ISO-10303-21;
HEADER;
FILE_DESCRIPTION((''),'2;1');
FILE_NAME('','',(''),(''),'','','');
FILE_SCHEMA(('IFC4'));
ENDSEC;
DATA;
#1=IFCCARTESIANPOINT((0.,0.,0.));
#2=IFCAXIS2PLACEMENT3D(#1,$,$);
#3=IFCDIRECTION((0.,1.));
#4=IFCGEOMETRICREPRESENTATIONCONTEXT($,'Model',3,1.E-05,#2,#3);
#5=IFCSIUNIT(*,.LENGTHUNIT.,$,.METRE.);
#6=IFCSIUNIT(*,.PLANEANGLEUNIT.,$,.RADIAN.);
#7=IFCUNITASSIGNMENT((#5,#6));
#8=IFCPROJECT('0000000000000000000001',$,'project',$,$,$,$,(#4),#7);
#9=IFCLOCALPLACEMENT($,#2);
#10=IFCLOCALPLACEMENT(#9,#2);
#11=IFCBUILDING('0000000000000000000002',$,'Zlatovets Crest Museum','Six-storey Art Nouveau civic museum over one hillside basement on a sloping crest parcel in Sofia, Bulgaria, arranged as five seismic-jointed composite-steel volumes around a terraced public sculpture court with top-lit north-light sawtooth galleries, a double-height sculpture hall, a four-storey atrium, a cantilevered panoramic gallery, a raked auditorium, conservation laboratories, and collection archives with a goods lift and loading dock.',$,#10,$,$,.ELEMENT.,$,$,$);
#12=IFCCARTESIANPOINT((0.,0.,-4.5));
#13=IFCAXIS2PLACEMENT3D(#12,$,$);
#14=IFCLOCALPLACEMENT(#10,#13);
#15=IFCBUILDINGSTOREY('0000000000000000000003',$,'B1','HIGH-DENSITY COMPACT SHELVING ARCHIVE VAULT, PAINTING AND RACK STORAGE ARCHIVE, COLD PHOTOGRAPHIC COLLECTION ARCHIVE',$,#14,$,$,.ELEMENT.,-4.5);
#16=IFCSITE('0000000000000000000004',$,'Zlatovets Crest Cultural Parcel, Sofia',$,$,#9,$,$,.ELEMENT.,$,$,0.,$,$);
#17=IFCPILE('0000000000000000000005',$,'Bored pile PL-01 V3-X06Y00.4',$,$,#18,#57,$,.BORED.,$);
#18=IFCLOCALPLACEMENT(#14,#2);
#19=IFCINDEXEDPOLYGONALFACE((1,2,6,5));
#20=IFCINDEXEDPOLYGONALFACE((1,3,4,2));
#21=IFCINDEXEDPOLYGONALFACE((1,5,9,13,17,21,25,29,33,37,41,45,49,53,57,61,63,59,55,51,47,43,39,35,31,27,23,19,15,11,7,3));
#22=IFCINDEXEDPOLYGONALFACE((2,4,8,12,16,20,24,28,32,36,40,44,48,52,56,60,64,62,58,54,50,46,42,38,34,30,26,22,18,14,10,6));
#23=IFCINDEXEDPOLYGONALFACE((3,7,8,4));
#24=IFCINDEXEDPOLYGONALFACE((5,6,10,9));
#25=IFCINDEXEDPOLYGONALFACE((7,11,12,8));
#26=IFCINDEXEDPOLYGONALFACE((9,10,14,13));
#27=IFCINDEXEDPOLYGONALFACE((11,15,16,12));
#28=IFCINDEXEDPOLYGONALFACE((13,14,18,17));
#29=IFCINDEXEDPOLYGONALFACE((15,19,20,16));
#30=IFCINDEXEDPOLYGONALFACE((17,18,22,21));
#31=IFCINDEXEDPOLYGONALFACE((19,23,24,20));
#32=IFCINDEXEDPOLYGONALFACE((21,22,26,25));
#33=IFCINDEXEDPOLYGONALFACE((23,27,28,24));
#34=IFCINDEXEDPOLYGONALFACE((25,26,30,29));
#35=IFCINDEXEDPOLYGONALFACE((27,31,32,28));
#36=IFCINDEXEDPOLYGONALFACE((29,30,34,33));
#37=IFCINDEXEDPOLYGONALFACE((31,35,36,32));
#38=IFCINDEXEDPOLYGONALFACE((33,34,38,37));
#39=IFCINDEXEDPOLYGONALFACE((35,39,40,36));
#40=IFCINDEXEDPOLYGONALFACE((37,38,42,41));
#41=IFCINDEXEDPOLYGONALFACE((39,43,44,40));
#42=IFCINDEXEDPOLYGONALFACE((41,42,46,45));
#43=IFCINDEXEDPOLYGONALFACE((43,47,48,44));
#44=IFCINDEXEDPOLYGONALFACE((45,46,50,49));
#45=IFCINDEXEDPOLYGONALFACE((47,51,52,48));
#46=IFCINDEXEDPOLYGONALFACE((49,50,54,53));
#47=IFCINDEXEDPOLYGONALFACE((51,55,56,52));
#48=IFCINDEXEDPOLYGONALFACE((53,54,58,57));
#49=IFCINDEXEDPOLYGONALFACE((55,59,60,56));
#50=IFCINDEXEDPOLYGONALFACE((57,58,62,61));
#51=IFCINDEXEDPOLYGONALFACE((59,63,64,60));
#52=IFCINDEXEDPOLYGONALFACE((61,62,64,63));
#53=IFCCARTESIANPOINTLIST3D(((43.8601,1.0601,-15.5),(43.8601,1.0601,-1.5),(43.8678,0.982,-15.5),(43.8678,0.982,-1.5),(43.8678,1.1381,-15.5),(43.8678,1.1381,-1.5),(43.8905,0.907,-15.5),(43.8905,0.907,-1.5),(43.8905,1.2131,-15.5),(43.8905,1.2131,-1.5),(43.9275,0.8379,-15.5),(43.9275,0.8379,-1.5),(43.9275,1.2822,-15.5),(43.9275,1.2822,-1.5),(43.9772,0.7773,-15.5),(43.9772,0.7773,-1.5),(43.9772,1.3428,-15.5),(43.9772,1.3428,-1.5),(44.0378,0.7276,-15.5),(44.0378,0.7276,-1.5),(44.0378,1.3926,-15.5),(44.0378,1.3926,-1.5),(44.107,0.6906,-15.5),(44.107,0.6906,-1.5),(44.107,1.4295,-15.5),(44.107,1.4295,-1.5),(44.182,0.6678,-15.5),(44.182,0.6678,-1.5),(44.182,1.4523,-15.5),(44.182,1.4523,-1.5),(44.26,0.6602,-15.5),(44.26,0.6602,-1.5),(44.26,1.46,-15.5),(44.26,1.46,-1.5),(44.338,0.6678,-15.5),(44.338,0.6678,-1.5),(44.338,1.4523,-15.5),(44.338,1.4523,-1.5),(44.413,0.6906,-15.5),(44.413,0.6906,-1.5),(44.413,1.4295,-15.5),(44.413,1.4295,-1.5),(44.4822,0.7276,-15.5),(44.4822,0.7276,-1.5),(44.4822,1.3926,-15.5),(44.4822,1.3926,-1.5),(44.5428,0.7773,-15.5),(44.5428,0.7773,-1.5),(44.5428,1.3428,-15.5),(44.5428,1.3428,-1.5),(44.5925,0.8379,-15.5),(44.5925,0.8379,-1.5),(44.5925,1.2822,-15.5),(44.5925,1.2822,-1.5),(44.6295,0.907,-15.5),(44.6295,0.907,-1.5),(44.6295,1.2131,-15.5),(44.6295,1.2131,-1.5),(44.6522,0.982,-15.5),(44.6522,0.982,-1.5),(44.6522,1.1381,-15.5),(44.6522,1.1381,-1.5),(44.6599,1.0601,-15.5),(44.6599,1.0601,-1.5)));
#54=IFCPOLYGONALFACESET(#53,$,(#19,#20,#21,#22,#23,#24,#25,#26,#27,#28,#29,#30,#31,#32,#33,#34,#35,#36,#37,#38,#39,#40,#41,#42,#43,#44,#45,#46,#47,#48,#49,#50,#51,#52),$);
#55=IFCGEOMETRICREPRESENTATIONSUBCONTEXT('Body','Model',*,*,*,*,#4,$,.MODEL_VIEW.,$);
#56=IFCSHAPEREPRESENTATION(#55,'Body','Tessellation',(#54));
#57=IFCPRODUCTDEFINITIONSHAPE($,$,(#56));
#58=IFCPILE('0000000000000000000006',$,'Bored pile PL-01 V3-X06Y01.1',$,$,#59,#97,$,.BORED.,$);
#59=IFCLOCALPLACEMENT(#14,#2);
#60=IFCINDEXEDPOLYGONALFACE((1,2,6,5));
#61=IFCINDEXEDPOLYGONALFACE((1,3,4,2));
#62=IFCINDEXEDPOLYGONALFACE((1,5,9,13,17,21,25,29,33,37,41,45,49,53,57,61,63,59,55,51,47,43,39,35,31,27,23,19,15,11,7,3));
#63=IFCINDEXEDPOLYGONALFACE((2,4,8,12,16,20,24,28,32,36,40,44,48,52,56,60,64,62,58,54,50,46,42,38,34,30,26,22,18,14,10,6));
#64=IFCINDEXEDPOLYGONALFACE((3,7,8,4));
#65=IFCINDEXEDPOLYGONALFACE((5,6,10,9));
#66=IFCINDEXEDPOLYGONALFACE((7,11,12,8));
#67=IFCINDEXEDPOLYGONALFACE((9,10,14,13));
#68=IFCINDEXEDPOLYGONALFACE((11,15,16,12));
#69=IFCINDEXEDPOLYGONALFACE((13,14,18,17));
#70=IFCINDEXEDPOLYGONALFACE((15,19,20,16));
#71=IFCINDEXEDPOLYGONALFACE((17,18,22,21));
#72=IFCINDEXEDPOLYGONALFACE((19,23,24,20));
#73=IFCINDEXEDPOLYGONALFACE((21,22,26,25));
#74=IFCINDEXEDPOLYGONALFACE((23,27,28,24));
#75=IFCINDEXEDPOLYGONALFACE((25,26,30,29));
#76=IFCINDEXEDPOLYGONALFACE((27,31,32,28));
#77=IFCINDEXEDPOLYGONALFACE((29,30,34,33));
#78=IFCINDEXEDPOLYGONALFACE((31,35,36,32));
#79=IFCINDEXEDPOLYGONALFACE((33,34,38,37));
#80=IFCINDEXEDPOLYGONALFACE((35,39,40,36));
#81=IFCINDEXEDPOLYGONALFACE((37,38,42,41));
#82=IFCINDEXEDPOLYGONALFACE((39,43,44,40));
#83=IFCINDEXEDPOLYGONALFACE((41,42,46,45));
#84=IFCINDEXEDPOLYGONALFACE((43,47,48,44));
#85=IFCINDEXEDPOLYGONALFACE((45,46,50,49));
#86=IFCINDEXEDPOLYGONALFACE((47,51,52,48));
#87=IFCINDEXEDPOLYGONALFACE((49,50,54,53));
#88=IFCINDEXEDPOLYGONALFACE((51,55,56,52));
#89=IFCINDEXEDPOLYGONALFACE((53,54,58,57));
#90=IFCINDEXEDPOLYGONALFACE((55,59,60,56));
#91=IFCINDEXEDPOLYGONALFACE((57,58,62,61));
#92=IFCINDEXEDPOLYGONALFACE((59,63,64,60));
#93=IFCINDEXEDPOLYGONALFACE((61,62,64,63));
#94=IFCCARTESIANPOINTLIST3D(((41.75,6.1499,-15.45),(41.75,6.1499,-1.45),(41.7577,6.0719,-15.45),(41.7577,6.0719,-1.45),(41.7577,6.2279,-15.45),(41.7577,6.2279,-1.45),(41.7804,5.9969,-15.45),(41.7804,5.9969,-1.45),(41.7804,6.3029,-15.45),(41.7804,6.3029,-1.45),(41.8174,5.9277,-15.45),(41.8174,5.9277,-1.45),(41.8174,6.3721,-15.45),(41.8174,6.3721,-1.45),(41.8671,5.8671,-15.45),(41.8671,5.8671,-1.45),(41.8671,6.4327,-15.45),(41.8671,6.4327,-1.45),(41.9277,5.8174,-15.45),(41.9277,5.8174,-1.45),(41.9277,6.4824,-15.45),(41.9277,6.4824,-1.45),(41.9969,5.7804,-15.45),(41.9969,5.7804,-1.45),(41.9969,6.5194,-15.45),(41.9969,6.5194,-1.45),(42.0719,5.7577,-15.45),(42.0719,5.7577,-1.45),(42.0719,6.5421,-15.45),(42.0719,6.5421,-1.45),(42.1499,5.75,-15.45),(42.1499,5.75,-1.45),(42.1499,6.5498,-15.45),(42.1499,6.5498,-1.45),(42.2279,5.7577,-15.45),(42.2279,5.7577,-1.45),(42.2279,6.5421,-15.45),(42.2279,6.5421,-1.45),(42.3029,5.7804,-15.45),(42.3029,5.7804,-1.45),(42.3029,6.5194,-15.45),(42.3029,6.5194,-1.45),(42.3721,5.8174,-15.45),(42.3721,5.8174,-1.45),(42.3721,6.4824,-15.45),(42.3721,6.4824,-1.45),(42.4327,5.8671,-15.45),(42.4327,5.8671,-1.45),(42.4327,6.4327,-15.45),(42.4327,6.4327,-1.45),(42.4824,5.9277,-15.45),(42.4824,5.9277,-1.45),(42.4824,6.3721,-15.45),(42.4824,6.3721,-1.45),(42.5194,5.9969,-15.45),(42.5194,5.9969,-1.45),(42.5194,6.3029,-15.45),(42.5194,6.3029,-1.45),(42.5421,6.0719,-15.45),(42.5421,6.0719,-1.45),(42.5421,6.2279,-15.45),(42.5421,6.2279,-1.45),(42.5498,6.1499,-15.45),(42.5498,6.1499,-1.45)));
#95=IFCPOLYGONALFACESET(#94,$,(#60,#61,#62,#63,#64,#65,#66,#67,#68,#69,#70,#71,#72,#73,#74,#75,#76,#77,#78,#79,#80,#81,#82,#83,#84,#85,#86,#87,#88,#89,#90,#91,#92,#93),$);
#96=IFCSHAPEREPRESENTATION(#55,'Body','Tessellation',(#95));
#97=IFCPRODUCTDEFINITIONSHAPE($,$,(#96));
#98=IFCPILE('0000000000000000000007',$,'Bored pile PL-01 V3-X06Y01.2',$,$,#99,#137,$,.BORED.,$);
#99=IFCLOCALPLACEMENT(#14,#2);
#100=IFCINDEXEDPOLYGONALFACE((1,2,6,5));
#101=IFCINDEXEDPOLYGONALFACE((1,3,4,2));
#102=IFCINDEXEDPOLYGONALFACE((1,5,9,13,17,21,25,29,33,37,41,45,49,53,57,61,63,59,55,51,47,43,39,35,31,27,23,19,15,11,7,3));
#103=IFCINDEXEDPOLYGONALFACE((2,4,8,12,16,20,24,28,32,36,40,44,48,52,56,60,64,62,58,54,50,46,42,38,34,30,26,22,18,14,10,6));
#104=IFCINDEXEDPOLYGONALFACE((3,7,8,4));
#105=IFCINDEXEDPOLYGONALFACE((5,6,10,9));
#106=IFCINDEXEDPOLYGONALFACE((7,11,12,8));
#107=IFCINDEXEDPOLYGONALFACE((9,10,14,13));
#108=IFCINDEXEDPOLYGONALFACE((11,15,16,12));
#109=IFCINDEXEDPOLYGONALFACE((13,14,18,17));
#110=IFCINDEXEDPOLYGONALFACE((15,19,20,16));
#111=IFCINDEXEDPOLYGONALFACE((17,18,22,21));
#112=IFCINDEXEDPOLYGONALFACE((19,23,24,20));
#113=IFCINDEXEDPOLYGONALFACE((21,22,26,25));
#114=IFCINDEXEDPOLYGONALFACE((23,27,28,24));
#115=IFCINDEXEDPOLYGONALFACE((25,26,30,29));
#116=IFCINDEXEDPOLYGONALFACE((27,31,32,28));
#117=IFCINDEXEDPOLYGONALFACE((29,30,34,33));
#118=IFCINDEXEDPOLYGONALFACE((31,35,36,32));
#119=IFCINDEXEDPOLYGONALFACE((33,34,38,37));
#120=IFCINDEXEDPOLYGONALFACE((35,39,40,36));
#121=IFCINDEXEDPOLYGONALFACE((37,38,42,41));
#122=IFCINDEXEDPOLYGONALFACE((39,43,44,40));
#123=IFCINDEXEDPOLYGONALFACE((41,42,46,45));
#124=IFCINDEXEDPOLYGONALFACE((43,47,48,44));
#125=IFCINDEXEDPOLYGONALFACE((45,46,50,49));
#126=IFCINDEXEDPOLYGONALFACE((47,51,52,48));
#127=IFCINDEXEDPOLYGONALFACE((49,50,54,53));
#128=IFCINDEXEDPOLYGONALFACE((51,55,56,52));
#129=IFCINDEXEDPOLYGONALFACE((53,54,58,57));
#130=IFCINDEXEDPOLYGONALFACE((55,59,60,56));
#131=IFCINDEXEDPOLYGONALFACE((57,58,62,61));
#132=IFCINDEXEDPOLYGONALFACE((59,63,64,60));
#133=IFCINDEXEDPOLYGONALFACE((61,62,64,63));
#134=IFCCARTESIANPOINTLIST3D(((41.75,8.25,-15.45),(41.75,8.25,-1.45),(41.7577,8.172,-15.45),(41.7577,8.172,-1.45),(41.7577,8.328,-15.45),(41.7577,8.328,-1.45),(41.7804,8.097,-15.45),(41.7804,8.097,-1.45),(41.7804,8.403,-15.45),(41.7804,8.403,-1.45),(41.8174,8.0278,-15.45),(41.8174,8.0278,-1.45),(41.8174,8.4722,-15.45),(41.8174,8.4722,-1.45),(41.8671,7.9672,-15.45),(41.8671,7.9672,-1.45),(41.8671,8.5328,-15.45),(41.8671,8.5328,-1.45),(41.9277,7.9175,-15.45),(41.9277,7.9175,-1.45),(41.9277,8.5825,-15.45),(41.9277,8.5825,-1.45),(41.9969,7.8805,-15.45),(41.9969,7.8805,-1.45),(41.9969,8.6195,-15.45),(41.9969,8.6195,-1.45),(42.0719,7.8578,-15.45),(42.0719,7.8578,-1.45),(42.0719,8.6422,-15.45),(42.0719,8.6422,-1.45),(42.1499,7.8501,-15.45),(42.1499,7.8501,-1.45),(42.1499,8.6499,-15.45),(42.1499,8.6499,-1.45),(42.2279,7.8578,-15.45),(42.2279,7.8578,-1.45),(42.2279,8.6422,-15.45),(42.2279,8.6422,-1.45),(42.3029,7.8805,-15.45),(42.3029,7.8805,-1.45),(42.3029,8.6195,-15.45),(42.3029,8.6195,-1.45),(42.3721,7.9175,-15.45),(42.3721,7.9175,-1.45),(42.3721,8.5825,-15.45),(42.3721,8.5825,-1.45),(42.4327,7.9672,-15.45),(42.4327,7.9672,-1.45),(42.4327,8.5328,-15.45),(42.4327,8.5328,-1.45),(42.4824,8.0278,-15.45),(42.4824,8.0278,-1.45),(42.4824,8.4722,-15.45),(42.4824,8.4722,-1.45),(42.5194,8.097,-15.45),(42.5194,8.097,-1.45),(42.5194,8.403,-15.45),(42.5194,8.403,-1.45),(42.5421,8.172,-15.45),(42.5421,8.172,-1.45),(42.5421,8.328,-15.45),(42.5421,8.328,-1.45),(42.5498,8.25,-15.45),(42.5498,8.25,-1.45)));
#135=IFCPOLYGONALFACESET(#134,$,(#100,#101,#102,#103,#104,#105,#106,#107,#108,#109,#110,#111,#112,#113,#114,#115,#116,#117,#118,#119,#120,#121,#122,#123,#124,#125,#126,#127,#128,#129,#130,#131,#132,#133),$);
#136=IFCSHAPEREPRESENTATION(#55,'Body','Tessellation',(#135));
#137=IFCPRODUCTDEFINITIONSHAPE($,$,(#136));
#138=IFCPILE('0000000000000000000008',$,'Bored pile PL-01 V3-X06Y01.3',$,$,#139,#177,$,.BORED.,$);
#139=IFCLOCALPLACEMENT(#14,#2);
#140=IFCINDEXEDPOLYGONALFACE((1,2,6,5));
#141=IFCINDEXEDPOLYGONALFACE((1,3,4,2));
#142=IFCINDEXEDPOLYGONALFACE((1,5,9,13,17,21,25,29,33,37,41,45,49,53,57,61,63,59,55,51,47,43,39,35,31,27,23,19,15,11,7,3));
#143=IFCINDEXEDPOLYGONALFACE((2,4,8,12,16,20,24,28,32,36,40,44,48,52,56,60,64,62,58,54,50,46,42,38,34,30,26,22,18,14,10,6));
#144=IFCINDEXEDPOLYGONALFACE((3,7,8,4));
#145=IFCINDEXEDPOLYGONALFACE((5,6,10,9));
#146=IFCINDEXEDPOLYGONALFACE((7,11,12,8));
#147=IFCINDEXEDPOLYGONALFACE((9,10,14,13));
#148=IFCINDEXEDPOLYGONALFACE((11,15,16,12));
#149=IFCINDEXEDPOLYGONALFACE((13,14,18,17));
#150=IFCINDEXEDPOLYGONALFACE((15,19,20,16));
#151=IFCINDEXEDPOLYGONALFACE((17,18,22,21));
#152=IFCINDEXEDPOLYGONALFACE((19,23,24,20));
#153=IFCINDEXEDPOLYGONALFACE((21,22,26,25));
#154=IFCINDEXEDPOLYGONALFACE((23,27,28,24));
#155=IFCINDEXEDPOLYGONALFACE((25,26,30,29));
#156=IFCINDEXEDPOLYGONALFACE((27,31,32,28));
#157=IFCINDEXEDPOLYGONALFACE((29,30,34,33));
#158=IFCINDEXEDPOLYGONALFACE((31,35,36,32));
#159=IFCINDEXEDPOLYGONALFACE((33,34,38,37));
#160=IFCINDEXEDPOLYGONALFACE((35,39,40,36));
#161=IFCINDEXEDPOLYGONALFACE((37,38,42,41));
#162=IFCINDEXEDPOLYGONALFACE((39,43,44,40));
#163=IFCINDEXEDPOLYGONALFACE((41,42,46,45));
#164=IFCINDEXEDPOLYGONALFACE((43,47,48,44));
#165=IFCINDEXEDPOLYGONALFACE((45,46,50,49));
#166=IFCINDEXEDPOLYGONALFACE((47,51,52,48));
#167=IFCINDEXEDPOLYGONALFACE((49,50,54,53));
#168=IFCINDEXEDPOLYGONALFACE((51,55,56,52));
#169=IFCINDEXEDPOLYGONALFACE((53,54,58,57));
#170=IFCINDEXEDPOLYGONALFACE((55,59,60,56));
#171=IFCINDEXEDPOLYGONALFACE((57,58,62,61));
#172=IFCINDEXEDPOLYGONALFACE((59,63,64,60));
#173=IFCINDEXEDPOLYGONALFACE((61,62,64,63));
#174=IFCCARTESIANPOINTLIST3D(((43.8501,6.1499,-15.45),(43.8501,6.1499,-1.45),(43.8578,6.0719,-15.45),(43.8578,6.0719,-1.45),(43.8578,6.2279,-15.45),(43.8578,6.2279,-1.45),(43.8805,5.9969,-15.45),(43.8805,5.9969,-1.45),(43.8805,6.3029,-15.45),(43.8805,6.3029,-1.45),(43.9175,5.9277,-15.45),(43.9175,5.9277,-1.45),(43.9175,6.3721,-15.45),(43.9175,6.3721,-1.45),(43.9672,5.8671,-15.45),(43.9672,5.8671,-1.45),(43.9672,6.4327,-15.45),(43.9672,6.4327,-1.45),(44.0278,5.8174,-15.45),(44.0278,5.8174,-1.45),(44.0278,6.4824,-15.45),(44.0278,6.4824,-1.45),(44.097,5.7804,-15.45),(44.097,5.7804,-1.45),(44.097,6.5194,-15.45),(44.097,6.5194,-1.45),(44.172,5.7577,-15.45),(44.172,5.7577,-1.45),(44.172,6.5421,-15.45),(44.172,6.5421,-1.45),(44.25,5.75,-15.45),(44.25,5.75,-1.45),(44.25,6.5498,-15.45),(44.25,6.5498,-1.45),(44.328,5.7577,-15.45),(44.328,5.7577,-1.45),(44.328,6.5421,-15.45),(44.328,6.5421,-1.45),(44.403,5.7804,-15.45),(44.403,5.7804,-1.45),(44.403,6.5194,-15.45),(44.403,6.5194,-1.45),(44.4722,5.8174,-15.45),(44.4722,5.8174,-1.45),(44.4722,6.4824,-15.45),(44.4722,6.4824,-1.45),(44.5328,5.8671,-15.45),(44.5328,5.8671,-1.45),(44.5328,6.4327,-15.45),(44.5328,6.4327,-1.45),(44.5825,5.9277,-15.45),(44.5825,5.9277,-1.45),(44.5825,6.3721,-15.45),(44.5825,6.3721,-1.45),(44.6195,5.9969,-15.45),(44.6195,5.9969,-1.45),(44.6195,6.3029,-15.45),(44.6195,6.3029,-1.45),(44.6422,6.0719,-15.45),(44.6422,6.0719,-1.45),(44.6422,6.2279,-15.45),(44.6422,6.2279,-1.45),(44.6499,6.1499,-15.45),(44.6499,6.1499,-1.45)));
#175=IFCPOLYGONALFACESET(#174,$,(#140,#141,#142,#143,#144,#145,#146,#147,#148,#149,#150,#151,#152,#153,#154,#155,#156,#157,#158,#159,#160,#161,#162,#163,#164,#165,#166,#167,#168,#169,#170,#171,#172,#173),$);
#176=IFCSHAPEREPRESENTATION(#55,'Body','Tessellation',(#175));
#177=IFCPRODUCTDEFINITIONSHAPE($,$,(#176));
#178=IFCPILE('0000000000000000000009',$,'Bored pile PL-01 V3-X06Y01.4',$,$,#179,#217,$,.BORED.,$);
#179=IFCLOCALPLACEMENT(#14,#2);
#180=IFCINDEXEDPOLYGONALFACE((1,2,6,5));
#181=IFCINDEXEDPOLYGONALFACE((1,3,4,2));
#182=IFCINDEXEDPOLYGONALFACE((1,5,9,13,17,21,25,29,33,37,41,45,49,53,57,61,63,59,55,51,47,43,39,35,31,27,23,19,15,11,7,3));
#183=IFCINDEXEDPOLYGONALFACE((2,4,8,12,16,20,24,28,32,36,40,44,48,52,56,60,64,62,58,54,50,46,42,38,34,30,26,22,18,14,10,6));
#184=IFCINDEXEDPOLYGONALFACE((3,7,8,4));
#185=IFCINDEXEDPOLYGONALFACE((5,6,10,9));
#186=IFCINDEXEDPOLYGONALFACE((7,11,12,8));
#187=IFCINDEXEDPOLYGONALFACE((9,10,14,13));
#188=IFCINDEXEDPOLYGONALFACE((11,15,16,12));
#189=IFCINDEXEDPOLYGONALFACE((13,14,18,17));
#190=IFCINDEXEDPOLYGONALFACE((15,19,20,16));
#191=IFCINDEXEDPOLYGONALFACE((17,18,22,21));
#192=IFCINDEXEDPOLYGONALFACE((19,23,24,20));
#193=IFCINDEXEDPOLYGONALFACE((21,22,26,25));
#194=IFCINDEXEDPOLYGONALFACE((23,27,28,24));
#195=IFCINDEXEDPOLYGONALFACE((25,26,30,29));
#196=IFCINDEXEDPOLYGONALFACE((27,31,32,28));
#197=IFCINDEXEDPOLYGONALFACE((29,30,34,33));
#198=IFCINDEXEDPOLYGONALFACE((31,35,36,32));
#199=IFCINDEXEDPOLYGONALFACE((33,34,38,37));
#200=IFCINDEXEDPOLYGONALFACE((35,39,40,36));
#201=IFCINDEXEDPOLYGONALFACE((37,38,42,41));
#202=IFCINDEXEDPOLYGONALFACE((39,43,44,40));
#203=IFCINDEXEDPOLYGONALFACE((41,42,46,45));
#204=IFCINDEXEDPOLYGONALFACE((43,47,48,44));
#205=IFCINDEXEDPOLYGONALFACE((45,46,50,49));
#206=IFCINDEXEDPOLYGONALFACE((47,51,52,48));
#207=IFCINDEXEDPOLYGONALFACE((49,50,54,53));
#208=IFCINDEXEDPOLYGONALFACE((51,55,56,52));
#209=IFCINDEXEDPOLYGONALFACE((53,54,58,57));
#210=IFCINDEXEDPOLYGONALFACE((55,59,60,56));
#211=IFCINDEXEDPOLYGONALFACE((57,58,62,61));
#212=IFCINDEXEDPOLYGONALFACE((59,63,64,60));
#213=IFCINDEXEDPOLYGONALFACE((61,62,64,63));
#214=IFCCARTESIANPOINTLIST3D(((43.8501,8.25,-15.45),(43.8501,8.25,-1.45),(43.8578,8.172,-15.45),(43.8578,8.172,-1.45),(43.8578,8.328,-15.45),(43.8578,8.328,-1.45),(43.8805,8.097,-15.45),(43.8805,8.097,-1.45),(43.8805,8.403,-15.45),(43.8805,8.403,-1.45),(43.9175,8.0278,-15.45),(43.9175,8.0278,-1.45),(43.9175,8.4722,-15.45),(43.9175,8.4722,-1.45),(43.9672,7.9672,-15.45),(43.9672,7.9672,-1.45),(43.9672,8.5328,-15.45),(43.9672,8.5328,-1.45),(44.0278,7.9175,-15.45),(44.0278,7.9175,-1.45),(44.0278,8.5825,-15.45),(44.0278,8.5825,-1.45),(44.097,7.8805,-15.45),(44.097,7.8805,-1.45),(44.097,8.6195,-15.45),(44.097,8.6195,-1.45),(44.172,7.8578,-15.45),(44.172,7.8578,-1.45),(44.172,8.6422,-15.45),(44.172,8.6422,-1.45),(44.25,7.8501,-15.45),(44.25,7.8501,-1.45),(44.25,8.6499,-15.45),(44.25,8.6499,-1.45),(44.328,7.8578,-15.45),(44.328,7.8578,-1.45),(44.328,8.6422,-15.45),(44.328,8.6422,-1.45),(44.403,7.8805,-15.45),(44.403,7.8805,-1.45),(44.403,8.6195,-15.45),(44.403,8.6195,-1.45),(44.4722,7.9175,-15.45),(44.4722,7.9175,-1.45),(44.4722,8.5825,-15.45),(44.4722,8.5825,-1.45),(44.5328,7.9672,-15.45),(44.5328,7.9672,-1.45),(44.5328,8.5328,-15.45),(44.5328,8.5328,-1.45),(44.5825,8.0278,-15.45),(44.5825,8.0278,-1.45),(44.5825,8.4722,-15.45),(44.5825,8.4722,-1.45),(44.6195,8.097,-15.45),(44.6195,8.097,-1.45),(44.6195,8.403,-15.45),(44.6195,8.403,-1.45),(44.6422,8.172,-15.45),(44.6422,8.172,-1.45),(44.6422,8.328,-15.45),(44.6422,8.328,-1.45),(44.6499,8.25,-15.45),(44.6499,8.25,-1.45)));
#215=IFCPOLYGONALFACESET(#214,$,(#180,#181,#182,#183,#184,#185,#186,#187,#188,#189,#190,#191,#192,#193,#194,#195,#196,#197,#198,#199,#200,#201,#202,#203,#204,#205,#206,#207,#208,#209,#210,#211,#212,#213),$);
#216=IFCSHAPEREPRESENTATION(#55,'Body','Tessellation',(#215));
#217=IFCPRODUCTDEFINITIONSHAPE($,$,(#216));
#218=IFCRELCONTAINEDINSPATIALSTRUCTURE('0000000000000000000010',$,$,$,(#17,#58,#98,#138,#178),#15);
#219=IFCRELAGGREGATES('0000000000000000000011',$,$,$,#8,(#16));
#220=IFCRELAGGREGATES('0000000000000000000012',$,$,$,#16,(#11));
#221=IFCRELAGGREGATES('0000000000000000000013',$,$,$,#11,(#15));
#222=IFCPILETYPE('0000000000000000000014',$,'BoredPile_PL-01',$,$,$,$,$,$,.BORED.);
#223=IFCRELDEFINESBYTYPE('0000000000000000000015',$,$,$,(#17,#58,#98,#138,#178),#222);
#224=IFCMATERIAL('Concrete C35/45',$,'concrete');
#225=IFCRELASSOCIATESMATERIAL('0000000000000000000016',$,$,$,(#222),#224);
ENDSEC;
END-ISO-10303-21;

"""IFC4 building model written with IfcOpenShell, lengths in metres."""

from ifc_helpers import new_model, si_unit, direction, frame, origin, origin_2d, place, context, subcontext, project, spatial, circle, extrude, material, material_profile, profile_set, type_object, element, save


model = new_model("IFC4")

# Units and contexts
model_context = context("Model", 3, precision=1e-05, world=origin(), true_north=direction((0.0, 1.0)))
body_context = subcontext(model_context, "Body", "Model", "MODEL_VIEW")
ifc_project = project(units=[si_unit("LENGTHUNIT", "METRE"), si_unit("PLANEANGLEUNIT", "RADIAN")], contexts=[model_context])

# Site, building, storey
site_placement = place(None, origin())
site = spatial("IfcSite", under=ifc_project, at=site_placement, Name="Zlatovets Crest Cultural Parcel, Sofia", CompositionType="ELEMENT", RefElevation=0.0)
building_placement = place(site_placement, origin())
building = spatial("IfcBuilding", under=site, at=building_placement, Name="Zlatovets Crest Museum", Description="Six-storey Art Nouveau civic museum over one hillside basement on a sloping crest parcel in Sofia, Bulgaria, arranged as five seismic-jointed composite-steel volumes around a terraced public sculpture court with top-lit north-light sawtooth galleries, a double-height sculpture hall, a four-storey atrium, a cantilevered panoramic gallery, a raked auditorium, conservation laboratories, and collection archives with a goods lift and loading dock.", CompositionType="ELEMENT")
storey_placement = place(building_placement, frame((0.0, 0.0, -4.5)))
storey = spatial("IfcBuildingStorey", under=building, at=storey_placement, Name="B1", Description="HIGH-DENSITY COMPACT SHELVING ARCHIVE VAULT, PAINTING AND RACK STORAGE ARCHIVE, COLD PHOTOGRAPHIC COLLECTION ARCHIVE", CompositionType="ELEMENT", Elevation=-4.5)

# Piles
ifc_material_1 = material(Name="Concrete C35/45", Category="concrete")
ifc_material_profile_1 = material_profile(ifc_material_1, circle(Radius=0.3999, at=origin_2d()), Name="PILE D800")
ifc_profile_set_1 = profile_set([ifc_material_profile_1], Name="Concrete C35/45")
pile_type = type_object("IfcPileType", Name="BoredPile_PL-01", PredefinedType="BORED", material=ifc_profile_set_1)
for number, where, z_axis, x_axis, name in (
    (1, (44.26, 1.0601, -1.5), (0.0, 0.0, -1.0), (1.0, 0.0, 0.0), "Bored pile PL-01 V3-X06Y00.4"),
    (2, (42.1499, 6.1499, -1.45), (0.0, 0.0, -1.0), (1.0, 0.0, 0.0), "Bored pile PL-01 V3-X06Y01.1"),
    (3, (42.1499, 8.25, -1.45), (0.0, 0.0, -1.0), (1.0, 0.0, 0.0), "Bored pile PL-01 V3-X06Y01.2"),
    (4, (44.25, 6.1499, -1.45), (0.0, 0.0, -1.0), (1.0, 0.0, 0.0), "Bored pile PL-01 V3-X06Y01.3"),
    (5, (44.25, 8.25, -1.45), (0.0, 0.0, -1.0), (1.0, 0.0, 0.0), "Bored pile PL-01 V3-X06Y01.4"),
):
    element("IfcPile", number, at=place(storey_placement, frame(where, z_axis=z_axis, x_axis=x_axis)), inside=storey, type_object=pile_type, Name=name, PredefinedType="BORED", context=body_context, shape_type="SweptSolid", body=[
        extrude(circle(Radius=0.3999, at=origin_2d()), origin(), (0.0, 0.0, 1.0), 14.0),
    ])

save(model, "model.ifc")
